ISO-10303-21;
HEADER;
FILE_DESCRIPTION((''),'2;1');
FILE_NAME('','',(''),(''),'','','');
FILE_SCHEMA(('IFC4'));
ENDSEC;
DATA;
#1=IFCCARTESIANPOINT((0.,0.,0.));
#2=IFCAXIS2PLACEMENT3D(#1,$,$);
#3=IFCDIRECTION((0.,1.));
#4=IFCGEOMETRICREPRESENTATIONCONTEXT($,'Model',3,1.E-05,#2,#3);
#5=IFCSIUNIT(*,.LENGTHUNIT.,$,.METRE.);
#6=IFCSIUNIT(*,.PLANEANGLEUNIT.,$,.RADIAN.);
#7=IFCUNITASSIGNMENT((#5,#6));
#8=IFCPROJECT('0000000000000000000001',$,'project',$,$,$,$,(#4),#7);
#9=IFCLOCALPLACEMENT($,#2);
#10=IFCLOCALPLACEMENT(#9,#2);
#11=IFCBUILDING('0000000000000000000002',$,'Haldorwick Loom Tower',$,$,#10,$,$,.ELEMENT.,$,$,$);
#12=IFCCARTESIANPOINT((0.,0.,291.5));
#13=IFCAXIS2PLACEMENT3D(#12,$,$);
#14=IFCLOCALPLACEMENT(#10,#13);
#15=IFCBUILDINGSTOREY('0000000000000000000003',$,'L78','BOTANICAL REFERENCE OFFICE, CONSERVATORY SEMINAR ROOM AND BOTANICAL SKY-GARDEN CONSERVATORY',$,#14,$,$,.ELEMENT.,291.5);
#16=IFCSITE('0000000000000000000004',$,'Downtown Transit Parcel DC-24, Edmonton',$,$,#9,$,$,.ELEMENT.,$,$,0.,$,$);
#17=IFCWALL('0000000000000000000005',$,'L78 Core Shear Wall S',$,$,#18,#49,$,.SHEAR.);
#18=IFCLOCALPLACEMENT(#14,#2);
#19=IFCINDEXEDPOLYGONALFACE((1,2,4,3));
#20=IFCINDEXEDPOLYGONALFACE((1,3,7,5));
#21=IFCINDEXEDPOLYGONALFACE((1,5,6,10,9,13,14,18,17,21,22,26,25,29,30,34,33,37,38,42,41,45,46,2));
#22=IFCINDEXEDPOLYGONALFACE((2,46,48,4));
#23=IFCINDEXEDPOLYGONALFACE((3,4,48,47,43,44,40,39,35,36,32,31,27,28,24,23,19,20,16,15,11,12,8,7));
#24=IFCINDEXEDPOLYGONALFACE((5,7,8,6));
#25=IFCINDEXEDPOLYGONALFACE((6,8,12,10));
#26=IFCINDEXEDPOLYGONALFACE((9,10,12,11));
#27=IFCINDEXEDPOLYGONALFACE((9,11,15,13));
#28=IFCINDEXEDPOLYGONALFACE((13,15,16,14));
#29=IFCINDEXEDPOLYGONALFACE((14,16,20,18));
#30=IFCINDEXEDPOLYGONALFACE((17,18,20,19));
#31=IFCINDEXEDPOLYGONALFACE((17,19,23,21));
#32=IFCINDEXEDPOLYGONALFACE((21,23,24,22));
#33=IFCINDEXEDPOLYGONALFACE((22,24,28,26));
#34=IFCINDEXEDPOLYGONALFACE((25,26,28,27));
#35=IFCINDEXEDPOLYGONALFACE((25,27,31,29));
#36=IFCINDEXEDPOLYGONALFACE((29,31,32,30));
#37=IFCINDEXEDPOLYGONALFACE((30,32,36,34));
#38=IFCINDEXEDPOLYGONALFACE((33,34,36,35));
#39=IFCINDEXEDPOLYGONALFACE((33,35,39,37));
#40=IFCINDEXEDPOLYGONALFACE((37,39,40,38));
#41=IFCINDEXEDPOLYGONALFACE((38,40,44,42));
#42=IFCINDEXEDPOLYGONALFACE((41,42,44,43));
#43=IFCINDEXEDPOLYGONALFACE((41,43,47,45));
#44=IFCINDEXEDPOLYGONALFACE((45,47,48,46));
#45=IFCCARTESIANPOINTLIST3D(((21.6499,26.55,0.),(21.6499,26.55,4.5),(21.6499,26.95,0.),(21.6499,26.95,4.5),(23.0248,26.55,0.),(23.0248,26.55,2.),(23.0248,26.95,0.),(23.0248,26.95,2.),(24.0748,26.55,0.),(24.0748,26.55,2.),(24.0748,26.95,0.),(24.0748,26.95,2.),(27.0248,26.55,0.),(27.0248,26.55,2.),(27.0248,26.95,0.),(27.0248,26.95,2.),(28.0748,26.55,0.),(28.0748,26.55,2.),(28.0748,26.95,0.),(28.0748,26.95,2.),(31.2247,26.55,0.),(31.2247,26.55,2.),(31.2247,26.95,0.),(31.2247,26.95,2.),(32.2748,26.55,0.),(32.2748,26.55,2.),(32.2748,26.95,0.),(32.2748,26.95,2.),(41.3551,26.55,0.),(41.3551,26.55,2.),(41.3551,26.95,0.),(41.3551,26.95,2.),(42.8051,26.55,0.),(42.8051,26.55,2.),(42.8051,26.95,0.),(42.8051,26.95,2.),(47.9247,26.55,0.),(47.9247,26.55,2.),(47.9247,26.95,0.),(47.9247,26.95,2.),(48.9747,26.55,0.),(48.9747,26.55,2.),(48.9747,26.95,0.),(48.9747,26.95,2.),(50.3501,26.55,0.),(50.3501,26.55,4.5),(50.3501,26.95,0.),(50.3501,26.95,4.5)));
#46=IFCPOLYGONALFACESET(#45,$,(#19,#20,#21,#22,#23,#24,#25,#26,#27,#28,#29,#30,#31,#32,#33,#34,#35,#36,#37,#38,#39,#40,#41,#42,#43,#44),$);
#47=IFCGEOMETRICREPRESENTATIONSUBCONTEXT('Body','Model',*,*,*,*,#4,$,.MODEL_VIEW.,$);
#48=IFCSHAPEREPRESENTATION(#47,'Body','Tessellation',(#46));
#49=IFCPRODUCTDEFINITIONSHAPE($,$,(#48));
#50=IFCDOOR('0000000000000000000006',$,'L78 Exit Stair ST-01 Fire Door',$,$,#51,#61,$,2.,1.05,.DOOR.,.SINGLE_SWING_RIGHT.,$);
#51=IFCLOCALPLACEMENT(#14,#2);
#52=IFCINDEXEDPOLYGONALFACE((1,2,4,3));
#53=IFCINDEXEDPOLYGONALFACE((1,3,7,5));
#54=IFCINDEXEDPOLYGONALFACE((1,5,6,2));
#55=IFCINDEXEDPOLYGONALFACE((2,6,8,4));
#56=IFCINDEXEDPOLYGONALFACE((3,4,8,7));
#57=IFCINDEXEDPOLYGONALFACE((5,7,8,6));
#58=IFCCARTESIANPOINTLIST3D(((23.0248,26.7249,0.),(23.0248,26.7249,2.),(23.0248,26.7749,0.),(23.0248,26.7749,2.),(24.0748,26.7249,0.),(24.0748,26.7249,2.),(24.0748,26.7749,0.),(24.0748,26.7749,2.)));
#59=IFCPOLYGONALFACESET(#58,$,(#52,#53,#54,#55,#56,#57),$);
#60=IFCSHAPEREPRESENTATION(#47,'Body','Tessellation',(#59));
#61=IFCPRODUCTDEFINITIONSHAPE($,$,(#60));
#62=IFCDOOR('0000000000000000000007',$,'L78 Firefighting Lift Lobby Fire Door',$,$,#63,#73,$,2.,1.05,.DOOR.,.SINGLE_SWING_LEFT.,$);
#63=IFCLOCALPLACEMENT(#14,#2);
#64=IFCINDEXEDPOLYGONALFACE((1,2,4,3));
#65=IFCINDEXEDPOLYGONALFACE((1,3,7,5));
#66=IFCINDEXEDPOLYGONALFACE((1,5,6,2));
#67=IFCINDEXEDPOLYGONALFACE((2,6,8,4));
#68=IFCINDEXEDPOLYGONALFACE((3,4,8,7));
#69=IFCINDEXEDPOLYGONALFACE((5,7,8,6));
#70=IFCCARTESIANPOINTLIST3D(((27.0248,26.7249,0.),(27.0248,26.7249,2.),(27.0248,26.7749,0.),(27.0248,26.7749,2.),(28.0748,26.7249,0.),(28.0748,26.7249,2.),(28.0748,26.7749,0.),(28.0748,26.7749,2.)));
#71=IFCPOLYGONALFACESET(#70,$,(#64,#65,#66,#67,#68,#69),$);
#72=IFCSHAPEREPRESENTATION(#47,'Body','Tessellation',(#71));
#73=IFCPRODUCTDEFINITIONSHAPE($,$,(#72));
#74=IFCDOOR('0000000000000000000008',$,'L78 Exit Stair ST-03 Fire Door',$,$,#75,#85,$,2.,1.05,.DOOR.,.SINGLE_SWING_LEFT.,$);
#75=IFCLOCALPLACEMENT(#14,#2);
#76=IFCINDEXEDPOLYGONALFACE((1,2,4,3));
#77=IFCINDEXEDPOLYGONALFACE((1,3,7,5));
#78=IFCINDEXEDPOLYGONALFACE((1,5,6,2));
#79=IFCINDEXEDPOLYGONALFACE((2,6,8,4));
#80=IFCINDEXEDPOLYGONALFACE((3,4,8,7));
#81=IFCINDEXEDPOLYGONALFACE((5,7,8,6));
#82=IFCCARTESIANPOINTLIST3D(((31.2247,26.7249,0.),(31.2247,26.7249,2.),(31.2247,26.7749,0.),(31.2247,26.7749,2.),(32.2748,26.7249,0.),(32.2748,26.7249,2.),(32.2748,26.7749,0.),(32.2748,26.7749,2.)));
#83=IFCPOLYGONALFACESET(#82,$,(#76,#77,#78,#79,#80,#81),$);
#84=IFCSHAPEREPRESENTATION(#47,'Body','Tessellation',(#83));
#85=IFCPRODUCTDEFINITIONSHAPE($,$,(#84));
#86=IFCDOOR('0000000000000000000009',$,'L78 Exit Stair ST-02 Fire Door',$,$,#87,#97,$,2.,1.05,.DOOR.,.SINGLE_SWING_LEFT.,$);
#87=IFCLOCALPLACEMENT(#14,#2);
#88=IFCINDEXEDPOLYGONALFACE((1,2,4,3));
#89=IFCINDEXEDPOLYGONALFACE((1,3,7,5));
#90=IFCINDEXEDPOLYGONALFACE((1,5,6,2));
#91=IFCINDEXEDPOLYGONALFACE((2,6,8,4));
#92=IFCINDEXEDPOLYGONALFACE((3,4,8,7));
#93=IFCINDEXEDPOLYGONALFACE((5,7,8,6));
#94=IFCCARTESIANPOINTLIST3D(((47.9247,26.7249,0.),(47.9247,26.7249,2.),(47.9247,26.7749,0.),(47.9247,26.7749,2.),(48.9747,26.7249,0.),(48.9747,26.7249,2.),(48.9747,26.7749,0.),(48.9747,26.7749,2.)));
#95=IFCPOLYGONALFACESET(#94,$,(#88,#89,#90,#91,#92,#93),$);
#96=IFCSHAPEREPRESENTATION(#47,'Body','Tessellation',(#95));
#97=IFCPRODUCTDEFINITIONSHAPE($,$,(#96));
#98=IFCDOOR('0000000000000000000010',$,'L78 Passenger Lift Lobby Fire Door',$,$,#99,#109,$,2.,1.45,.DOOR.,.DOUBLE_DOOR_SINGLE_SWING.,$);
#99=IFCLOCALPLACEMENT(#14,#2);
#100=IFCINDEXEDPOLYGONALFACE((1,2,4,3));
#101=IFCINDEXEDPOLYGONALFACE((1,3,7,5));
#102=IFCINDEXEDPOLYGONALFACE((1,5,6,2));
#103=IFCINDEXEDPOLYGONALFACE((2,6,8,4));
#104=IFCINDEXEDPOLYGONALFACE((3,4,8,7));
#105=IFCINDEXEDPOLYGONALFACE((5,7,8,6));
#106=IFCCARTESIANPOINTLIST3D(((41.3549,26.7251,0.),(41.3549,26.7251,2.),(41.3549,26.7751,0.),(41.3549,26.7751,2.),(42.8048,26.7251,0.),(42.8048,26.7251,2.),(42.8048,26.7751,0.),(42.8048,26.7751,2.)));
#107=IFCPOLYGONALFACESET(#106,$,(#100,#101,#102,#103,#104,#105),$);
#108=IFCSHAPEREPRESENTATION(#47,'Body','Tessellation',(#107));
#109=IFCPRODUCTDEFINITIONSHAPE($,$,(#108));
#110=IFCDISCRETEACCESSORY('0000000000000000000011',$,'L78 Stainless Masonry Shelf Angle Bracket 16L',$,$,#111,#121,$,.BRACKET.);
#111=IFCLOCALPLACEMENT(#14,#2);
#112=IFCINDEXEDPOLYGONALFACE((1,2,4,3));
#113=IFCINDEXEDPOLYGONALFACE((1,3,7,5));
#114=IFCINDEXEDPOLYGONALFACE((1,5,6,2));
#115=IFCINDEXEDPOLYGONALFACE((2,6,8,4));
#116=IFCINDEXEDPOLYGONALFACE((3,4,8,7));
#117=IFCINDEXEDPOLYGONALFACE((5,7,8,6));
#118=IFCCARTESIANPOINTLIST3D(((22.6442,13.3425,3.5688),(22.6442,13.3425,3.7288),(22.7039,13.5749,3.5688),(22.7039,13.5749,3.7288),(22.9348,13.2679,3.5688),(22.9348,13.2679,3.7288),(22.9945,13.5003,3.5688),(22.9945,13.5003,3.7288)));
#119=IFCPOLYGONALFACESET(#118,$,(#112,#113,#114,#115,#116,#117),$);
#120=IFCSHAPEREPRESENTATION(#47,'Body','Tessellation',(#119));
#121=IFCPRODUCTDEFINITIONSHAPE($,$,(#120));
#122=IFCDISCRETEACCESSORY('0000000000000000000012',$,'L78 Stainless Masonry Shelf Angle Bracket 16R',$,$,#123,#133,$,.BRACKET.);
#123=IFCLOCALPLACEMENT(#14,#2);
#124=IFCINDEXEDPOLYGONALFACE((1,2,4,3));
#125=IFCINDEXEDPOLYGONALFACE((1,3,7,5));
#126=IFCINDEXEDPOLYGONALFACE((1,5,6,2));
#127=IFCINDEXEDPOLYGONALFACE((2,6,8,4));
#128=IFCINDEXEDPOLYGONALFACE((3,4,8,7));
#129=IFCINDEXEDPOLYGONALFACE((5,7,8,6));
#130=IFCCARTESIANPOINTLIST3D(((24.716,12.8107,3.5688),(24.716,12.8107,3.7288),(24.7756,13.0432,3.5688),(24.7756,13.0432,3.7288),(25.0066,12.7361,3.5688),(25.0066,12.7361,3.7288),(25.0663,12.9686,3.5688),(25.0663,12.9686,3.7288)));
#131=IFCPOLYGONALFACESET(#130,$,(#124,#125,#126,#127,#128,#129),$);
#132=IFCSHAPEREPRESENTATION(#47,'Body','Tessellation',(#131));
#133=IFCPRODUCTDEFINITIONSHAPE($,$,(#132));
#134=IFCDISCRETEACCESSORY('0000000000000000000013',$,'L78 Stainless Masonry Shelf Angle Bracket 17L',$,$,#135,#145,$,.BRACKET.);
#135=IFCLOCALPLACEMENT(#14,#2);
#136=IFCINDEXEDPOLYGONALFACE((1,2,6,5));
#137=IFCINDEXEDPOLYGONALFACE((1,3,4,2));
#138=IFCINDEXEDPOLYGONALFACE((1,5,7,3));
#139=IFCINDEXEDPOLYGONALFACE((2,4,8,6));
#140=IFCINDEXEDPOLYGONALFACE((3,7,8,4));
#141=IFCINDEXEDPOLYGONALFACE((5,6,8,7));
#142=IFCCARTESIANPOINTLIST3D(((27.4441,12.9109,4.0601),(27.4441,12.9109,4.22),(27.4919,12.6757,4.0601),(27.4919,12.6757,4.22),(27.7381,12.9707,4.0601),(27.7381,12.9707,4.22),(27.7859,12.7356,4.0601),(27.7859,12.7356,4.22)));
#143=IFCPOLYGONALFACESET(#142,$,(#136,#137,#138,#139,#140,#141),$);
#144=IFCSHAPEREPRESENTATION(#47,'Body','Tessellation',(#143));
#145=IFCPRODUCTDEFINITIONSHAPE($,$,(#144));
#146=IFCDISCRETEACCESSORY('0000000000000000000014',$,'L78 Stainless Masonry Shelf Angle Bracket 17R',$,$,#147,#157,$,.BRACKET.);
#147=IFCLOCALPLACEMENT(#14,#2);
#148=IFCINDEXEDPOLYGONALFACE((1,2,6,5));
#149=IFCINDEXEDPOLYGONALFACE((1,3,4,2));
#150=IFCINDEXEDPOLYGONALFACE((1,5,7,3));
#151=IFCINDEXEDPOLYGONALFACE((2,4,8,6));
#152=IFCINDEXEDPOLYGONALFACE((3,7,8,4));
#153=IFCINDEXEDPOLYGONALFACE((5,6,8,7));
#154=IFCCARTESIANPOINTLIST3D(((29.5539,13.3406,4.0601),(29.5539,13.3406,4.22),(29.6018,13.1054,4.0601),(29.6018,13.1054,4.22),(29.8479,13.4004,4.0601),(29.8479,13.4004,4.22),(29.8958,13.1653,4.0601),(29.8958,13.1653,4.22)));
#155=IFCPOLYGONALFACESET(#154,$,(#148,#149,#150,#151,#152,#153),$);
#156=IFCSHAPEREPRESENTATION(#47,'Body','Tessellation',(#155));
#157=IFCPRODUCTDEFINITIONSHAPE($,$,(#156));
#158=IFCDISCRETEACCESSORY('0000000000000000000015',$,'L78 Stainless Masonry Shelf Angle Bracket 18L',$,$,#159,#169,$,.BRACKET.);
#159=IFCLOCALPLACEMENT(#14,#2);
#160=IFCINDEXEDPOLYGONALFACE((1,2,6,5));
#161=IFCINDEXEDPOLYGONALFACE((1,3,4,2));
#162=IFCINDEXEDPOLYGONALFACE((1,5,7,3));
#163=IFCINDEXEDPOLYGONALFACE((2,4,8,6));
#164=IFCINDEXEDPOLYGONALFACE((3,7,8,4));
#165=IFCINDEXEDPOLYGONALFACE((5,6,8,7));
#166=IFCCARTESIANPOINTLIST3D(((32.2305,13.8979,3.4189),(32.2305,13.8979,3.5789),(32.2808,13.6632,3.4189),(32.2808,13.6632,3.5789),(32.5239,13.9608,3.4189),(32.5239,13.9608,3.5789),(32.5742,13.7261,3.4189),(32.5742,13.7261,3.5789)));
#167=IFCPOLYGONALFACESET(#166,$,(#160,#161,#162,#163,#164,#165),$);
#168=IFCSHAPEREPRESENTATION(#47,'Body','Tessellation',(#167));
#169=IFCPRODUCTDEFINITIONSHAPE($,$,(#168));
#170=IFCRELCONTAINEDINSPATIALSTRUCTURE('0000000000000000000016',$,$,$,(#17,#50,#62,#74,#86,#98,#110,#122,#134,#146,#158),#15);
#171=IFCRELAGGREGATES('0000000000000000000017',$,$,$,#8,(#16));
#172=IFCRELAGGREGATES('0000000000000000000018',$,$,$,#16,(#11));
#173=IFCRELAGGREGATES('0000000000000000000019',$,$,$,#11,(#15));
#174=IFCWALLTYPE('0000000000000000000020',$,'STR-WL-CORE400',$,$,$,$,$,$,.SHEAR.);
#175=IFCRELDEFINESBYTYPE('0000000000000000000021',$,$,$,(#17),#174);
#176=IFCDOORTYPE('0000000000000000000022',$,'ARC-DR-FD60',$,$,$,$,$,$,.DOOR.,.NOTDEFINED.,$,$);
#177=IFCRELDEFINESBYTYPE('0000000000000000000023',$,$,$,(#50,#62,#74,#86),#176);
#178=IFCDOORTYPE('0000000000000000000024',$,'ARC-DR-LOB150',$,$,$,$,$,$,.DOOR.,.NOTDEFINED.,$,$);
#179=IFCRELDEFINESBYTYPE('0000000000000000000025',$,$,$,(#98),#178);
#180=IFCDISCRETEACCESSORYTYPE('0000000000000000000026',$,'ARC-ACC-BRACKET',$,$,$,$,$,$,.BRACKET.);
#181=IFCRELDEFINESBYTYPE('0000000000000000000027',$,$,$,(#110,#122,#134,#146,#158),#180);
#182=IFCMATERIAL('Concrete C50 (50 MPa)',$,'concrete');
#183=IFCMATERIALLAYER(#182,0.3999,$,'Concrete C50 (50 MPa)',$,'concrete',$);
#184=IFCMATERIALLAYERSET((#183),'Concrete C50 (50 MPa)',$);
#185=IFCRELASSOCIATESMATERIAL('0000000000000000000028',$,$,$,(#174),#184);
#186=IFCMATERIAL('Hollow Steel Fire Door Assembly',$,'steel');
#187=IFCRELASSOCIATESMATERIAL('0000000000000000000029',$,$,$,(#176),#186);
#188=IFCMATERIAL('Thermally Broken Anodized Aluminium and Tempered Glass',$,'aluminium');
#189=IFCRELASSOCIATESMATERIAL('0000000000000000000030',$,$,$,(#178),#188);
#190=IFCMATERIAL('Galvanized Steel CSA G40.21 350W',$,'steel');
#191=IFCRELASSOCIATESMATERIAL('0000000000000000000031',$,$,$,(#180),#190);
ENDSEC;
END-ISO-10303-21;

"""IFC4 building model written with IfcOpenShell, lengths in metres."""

from ifc_helpers import new_model, si_unit, direction, frame, frame_2d, origin, origin_2d, place, context, subcontext, project, spatial, rectangle, extrude, material, layer, layer_set, type_object, element, fill, save


model = new_model("IFC4")

# Units and contexts
model_context = context("Model", 3, precision=1e-05, world=origin(), true_north=direction((0.0, 1.0)))
body_context = subcontext(model_context, "Body", "Model", "MODEL_VIEW")
ifc_project = project(units=[si_unit("LENGTHUNIT", "METRE"), si_unit("PLANEANGLEUNIT", "RADIAN")], contexts=[model_context])

# Site, building, storey
site_placement = place(None, origin())
site = spatial("IfcSite", under=ifc_project, at=site_placement, Name="Downtown Transit Parcel DC-24, Edmonton", CompositionType="ELEMENT", RefElevation=0.0)
building_placement = place(site_placement, origin())
building = spatial("IfcBuilding", under=site, at=building_placement, Name="Haldorwick Loom Tower", CompositionType="ELEMENT")
storey_placement = place(building_placement, frame((0.0, 0.0, 291.5)))
storey = spatial("IfcBuildingStorey", under=building, at=storey_placement, Name="L78", Description="BOTANICAL REFERENCE OFFICE, CONSERVATORY SEMINAR ROOM AND BOTANICAL SKY-GARDEN CONSERVATORY", CompositionType="ELEMENT", Elevation=291.5)

# Shared definitions
ifc_material_1 = material(Name="Concrete C50 (50 MPa)", Category="concrete")

# Wall, openings, doors
ifc_layer_1 = layer(ifc_material_1, 0.3999, Name="Concrete C50 (50 MPa)", Category="concrete")
ifc_layer_set_1 = layer_set([ifc_layer_1], Name="Concrete C50 (50 MPa)")
wall_type_1 = type_object("IfcWallType", Name="STR-WL-CORE400", PredefinedType="SHEAR", material=ifc_layer_set_1)
wall_1_placement = place(storey_placement, frame((21.6499, 26.75, 0.0), z_axis=(0.0, 0.0, 1.0), x_axis=(1.0, 0.0, 0.0)))
wall_1 = element("IfcWall", 1, at=wall_1_placement, inside=storey, type_object=wall_type_1, Name="L78 Core Shear Wall S", PredefinedType="SHEAR", context=body_context, shape_type="SweptSolid", body=[
    extrude(rectangle(XDim=28.7002, YDim=0.3999, at=frame_2d((14.3501, 0.0))), origin(), (0.0, 0.0, 1.0), 4.5),
])
opening_1_placement = place(wall_1_placement, frame((1.375, 0.0, 0.0)))
opening_1 = element("IfcOpeningElement", 2, at=opening_1_placement, cuts=wall_1, PredefinedType="OPENING", context=body_context, shape_type="SweptSolid", body=[
    extrude(rectangle(XDim=1.05, YDim=2.0, at=frame_2d((0.5249, 1.0))), frame((0.0, 0.21, 0.0), z_axis=(0.0, -1.0, 0.0), x_axis=(1.0, 0.0, 0.0)), (0.0, 0.0, 1.0), 0.4199),
])
opening_2_placement = place(wall_1_placement, frame((5.375, 0.0, 0.0)))
opening_2 = element("IfcOpeningElement", 3, at=opening_2_placement, cuts=wall_1, PredefinedType="OPENING", context=body_context, shape_type="SweptSolid", body=[
    extrude(rectangle(XDim=1.05, YDim=2.0, at=frame_2d((0.5249, 1.0))), frame((0.0, 0.21, 0.0), z_axis=(0.0, -1.0, 0.0), x_axis=(1.0, 0.0, 0.0)), (0.0, 0.0, 1.0), 0.4199),
])
opening_3_placement = place(wall_1_placement, frame((9.575, 0.0, 0.0)))
opening_3 = element("IfcOpeningElement", 4, at=opening_3_placement, cuts=wall_1, PredefinedType="OPENING", context=body_context, shape_type="SweptSolid", body=[
    extrude(rectangle(XDim=1.05, YDim=2.0, at=frame_2d((0.5249, 1.0))), frame((0.0, 0.21, 0.0), z_axis=(0.0, -1.0, 0.0), x_axis=(1.0, 0.0, 0.0)), (0.0, 0.0, 1.0), 0.4199),
])
opening_4_placement = place(wall_1_placement, frame((19.7051, 0.0, 0.0)))
opening_4 = element("IfcOpeningElement", 5, at=opening_4_placement, cuts=wall_1, PredefinedType="OPENING", context=body_context, shape_type="SweptSolid", body=[
    extrude(rectangle(XDim=1.45, YDim=2.0, at=frame_2d((0.7251, 1.0))), frame((0.0, 0.21, 0.0), z_axis=(0.0, -1.0, 0.0), x_axis=(1.0, 0.0, 0.0)), (0.0, 0.0, 1.0), 0.4199),
])
opening_5_placement = place(wall_1_placement, frame((26.2749, 0.0, 0.0)))
opening_5 = element("IfcOpeningElement", 6, at=opening_5_placement, cuts=wall_1, PredefinedType="OPENING", context=body_context, shape_type="SweptSolid", body=[
    extrude(rectangle(XDim=1.05, YDim=2.0, at=frame_2d((0.5249, 1.0))), frame((0.0, 0.21, 0.0), z_axis=(0.0, -1.0, 0.0), x_axis=(1.0, 0.0, 0.0)), (0.0, 0.0, 1.0), 0.4199),
])
ifc_material_2 = material(Name="Hollow Steel Fire Door Assembly", Category="steel")
door_type_1 = type_object("IfcDoorType", Name="ARC-DR-FD60", OperationType="NOTDEFINED", PredefinedType="DOOR", material=ifc_material_2)
door_1_placement = place(opening_1_placement, origin())
door_1 = element("IfcDoor", 7, at=door_1_placement, inside=storey, type_object=door_type_1, Name="L78 Exit Stair ST-01 Fire Door", OperationType="SINGLE_SWING_RIGHT", OverallHeight=2.0, OverallWidth=1.05, PredefinedType="DOOR", context=body_context, shape_type="SweptSolid", body=[
    extrude(rectangle(XDim=1.05, YDim=2.0, at=frame_2d((0.5249, 1.0))), frame((0.0, 0.0249, 0.0), z_axis=(0.0, -1.0, 0.0), x_axis=(1.0, 0.0, 0.0)), (0.0, 0.0, 1.0), 0.05),
])
fill(opening_1, door_1)
door_2_placement = place(opening_2_placement, origin())
door_2 = element("IfcDoor", 8, at=door_2_placement, inside=storey, type_object=door_type_1, Name="L78 Firefighting Lift Lobby Fire Door", OperationType="SINGLE_SWING_LEFT", OverallHeight=2.0, OverallWidth=1.05, PredefinedType="DOOR", context=body_context, shape_type="SweptSolid", body=[
    extrude(rectangle(XDim=1.05, YDim=2.0, at=frame_2d((0.5249, 1.0))), frame((0.0, 0.0249, 0.0), z_axis=(0.0, -1.0, 0.0), x_axis=(1.0, 0.0, 0.0)), (0.0, 0.0, 1.0), 0.05),
])
fill(opening_2, door_2)
door_3_placement = place(opening_3_placement, origin())
door_3 = element("IfcDoor", 9, at=door_3_placement, inside=storey, type_object=door_type_1, Name="L78 Exit Stair ST-03 Fire Door", OperationType="SINGLE_SWING_LEFT", OverallHeight=2.0, OverallWidth=1.05, PredefinedType="DOOR", context=body_context, shape_type="SweptSolid", body=[
    extrude(rectangle(XDim=1.05, YDim=2.0, at=frame_2d((0.5249, 1.0))), frame((0.0, 0.0249, 0.0), z_axis=(0.0, -1.0, 0.0), x_axis=(1.0, 0.0, 0.0)), (0.0, 0.0, 1.0), 0.05),
])
fill(opening_3, door_3)
door_4_placement = place(opening_5_placement, origin())
door_4 = element("IfcDoor", 10, at=door_4_placement, inside=storey, type_object=door_type_1, Name="L78 Exit Stair ST-02 Fire Door", OperationType="SINGLE_SWING_LEFT", OverallHeight=2.0, OverallWidth=1.05, PredefinedType="DOOR", context=body_context, shape_type="SweptSolid", body=[
    extrude(rectangle(XDim=1.05, YDim=2.0, at=frame_2d((0.5249, 1.0))), frame((0.0, 0.0249, 0.0), z_axis=(0.0, -1.0, 0.0), x_axis=(1.0, 0.0, 0.0)), (0.0, 0.0, 1.0), 0.05),
])
fill(opening_5, door_4)
ifc_material_3 = material(Name="Thermally Broken Anodized Aluminium and Tempered Glass", Category="aluminium")
door_type_2 = type_object("IfcDoorType", Name="ARC-DR-LOB150", OperationType="NOTDEFINED", PredefinedType="DOOR", material=ifc_material_3)
door_5_placement = place(opening_4_placement, frame((1.45, 0.0, 0.0), z_axis=(0.0, 0.0, 1.0), x_axis=(-1.0, 0.0, 0.0)))
door_5 = element("IfcDoor", 11, at=door_5_placement, inside=storey, type_object=door_type_2, Name="L78 Passenger Lift Lobby Fire Door", OperationType="DOUBLE_DOOR_SINGLE_SWING", OverallHeight=2.0, OverallWidth=1.45, PredefinedType="DOOR", context=body_context, shape_type="SweptSolid", body=[
    extrude(rectangle(XDim=1.45, YDim=2.0, at=frame_2d((0.7251, 1.0))), frame((0.0, 0.0249, 0.0), z_axis=(0.0, -1.0, 0.0), x_axis=(1.0, 0.0, 0.0)), (0.0, 0.0, 1.0), 0.05),
])
fill(opening_4, door_5)

# Discrete accessories
ifc_material_4 = material(Name="Galvanized Steel CSA G40.21 350W", Category="steel")
discrete_accessory_type = type_object("IfcDiscreteAccessoryType", Name="ARC-ACC-BRACKET", PredefinedType="BRACKET", material=ifc_material_4)
for number, where, z_axis, x_axis, name in (
    (12, (22.8193, 13.4214, 3.5688), (0.0, 0.0, 1.0), (0.968583, -0.24869, 0.0), "L78 Stainless Masonry Shelf Angle Bracket 16L"),
    (13, (24.8911, 12.8896, 3.5688), (0.0, 0.0, 1.0), (0.968583, -0.24869, 0.0), "L78 Stainless Masonry Shelf Angle Bracket 16R"),
    (14, (27.615, 12.8232, 4.0601), (0.0, 0.0, 1.0), (0.979925, 0.199368, 0.0), "L78 Stainless Masonry Shelf Angle Bracket 17L"),
    (15, (29.7249, 13.2529, 4.0601), (0.0, 0.0, 1.0), (0.979925, 0.199368, 0.0), "L78 Stainless Masonry Shelf Angle Bracket 17R"),
    (16, (32.4023, 13.812, 3.4189), (0.0, 0.0, 1.0), (0.977783, 0.209619, 0.0), "L78 Stainless Masonry Shelf Angle Bracket 18L"),
):
    element("IfcDiscreteAccessory", number, at=place(storey_placement, frame(where, z_axis=z_axis, x_axis=x_axis)), inside=storey, type_object=discrete_accessory_type, Name=name, PredefinedType="BRACKET", context=body_context, shape_type="SweptSolid", body=[
        extrude(rectangle(XDim=0.3, YDim=0.24, at=origin_2d()), origin(), (0.0, 0.0, 1.0), 0.1599),
    ])

save(model, "model.ifc")
